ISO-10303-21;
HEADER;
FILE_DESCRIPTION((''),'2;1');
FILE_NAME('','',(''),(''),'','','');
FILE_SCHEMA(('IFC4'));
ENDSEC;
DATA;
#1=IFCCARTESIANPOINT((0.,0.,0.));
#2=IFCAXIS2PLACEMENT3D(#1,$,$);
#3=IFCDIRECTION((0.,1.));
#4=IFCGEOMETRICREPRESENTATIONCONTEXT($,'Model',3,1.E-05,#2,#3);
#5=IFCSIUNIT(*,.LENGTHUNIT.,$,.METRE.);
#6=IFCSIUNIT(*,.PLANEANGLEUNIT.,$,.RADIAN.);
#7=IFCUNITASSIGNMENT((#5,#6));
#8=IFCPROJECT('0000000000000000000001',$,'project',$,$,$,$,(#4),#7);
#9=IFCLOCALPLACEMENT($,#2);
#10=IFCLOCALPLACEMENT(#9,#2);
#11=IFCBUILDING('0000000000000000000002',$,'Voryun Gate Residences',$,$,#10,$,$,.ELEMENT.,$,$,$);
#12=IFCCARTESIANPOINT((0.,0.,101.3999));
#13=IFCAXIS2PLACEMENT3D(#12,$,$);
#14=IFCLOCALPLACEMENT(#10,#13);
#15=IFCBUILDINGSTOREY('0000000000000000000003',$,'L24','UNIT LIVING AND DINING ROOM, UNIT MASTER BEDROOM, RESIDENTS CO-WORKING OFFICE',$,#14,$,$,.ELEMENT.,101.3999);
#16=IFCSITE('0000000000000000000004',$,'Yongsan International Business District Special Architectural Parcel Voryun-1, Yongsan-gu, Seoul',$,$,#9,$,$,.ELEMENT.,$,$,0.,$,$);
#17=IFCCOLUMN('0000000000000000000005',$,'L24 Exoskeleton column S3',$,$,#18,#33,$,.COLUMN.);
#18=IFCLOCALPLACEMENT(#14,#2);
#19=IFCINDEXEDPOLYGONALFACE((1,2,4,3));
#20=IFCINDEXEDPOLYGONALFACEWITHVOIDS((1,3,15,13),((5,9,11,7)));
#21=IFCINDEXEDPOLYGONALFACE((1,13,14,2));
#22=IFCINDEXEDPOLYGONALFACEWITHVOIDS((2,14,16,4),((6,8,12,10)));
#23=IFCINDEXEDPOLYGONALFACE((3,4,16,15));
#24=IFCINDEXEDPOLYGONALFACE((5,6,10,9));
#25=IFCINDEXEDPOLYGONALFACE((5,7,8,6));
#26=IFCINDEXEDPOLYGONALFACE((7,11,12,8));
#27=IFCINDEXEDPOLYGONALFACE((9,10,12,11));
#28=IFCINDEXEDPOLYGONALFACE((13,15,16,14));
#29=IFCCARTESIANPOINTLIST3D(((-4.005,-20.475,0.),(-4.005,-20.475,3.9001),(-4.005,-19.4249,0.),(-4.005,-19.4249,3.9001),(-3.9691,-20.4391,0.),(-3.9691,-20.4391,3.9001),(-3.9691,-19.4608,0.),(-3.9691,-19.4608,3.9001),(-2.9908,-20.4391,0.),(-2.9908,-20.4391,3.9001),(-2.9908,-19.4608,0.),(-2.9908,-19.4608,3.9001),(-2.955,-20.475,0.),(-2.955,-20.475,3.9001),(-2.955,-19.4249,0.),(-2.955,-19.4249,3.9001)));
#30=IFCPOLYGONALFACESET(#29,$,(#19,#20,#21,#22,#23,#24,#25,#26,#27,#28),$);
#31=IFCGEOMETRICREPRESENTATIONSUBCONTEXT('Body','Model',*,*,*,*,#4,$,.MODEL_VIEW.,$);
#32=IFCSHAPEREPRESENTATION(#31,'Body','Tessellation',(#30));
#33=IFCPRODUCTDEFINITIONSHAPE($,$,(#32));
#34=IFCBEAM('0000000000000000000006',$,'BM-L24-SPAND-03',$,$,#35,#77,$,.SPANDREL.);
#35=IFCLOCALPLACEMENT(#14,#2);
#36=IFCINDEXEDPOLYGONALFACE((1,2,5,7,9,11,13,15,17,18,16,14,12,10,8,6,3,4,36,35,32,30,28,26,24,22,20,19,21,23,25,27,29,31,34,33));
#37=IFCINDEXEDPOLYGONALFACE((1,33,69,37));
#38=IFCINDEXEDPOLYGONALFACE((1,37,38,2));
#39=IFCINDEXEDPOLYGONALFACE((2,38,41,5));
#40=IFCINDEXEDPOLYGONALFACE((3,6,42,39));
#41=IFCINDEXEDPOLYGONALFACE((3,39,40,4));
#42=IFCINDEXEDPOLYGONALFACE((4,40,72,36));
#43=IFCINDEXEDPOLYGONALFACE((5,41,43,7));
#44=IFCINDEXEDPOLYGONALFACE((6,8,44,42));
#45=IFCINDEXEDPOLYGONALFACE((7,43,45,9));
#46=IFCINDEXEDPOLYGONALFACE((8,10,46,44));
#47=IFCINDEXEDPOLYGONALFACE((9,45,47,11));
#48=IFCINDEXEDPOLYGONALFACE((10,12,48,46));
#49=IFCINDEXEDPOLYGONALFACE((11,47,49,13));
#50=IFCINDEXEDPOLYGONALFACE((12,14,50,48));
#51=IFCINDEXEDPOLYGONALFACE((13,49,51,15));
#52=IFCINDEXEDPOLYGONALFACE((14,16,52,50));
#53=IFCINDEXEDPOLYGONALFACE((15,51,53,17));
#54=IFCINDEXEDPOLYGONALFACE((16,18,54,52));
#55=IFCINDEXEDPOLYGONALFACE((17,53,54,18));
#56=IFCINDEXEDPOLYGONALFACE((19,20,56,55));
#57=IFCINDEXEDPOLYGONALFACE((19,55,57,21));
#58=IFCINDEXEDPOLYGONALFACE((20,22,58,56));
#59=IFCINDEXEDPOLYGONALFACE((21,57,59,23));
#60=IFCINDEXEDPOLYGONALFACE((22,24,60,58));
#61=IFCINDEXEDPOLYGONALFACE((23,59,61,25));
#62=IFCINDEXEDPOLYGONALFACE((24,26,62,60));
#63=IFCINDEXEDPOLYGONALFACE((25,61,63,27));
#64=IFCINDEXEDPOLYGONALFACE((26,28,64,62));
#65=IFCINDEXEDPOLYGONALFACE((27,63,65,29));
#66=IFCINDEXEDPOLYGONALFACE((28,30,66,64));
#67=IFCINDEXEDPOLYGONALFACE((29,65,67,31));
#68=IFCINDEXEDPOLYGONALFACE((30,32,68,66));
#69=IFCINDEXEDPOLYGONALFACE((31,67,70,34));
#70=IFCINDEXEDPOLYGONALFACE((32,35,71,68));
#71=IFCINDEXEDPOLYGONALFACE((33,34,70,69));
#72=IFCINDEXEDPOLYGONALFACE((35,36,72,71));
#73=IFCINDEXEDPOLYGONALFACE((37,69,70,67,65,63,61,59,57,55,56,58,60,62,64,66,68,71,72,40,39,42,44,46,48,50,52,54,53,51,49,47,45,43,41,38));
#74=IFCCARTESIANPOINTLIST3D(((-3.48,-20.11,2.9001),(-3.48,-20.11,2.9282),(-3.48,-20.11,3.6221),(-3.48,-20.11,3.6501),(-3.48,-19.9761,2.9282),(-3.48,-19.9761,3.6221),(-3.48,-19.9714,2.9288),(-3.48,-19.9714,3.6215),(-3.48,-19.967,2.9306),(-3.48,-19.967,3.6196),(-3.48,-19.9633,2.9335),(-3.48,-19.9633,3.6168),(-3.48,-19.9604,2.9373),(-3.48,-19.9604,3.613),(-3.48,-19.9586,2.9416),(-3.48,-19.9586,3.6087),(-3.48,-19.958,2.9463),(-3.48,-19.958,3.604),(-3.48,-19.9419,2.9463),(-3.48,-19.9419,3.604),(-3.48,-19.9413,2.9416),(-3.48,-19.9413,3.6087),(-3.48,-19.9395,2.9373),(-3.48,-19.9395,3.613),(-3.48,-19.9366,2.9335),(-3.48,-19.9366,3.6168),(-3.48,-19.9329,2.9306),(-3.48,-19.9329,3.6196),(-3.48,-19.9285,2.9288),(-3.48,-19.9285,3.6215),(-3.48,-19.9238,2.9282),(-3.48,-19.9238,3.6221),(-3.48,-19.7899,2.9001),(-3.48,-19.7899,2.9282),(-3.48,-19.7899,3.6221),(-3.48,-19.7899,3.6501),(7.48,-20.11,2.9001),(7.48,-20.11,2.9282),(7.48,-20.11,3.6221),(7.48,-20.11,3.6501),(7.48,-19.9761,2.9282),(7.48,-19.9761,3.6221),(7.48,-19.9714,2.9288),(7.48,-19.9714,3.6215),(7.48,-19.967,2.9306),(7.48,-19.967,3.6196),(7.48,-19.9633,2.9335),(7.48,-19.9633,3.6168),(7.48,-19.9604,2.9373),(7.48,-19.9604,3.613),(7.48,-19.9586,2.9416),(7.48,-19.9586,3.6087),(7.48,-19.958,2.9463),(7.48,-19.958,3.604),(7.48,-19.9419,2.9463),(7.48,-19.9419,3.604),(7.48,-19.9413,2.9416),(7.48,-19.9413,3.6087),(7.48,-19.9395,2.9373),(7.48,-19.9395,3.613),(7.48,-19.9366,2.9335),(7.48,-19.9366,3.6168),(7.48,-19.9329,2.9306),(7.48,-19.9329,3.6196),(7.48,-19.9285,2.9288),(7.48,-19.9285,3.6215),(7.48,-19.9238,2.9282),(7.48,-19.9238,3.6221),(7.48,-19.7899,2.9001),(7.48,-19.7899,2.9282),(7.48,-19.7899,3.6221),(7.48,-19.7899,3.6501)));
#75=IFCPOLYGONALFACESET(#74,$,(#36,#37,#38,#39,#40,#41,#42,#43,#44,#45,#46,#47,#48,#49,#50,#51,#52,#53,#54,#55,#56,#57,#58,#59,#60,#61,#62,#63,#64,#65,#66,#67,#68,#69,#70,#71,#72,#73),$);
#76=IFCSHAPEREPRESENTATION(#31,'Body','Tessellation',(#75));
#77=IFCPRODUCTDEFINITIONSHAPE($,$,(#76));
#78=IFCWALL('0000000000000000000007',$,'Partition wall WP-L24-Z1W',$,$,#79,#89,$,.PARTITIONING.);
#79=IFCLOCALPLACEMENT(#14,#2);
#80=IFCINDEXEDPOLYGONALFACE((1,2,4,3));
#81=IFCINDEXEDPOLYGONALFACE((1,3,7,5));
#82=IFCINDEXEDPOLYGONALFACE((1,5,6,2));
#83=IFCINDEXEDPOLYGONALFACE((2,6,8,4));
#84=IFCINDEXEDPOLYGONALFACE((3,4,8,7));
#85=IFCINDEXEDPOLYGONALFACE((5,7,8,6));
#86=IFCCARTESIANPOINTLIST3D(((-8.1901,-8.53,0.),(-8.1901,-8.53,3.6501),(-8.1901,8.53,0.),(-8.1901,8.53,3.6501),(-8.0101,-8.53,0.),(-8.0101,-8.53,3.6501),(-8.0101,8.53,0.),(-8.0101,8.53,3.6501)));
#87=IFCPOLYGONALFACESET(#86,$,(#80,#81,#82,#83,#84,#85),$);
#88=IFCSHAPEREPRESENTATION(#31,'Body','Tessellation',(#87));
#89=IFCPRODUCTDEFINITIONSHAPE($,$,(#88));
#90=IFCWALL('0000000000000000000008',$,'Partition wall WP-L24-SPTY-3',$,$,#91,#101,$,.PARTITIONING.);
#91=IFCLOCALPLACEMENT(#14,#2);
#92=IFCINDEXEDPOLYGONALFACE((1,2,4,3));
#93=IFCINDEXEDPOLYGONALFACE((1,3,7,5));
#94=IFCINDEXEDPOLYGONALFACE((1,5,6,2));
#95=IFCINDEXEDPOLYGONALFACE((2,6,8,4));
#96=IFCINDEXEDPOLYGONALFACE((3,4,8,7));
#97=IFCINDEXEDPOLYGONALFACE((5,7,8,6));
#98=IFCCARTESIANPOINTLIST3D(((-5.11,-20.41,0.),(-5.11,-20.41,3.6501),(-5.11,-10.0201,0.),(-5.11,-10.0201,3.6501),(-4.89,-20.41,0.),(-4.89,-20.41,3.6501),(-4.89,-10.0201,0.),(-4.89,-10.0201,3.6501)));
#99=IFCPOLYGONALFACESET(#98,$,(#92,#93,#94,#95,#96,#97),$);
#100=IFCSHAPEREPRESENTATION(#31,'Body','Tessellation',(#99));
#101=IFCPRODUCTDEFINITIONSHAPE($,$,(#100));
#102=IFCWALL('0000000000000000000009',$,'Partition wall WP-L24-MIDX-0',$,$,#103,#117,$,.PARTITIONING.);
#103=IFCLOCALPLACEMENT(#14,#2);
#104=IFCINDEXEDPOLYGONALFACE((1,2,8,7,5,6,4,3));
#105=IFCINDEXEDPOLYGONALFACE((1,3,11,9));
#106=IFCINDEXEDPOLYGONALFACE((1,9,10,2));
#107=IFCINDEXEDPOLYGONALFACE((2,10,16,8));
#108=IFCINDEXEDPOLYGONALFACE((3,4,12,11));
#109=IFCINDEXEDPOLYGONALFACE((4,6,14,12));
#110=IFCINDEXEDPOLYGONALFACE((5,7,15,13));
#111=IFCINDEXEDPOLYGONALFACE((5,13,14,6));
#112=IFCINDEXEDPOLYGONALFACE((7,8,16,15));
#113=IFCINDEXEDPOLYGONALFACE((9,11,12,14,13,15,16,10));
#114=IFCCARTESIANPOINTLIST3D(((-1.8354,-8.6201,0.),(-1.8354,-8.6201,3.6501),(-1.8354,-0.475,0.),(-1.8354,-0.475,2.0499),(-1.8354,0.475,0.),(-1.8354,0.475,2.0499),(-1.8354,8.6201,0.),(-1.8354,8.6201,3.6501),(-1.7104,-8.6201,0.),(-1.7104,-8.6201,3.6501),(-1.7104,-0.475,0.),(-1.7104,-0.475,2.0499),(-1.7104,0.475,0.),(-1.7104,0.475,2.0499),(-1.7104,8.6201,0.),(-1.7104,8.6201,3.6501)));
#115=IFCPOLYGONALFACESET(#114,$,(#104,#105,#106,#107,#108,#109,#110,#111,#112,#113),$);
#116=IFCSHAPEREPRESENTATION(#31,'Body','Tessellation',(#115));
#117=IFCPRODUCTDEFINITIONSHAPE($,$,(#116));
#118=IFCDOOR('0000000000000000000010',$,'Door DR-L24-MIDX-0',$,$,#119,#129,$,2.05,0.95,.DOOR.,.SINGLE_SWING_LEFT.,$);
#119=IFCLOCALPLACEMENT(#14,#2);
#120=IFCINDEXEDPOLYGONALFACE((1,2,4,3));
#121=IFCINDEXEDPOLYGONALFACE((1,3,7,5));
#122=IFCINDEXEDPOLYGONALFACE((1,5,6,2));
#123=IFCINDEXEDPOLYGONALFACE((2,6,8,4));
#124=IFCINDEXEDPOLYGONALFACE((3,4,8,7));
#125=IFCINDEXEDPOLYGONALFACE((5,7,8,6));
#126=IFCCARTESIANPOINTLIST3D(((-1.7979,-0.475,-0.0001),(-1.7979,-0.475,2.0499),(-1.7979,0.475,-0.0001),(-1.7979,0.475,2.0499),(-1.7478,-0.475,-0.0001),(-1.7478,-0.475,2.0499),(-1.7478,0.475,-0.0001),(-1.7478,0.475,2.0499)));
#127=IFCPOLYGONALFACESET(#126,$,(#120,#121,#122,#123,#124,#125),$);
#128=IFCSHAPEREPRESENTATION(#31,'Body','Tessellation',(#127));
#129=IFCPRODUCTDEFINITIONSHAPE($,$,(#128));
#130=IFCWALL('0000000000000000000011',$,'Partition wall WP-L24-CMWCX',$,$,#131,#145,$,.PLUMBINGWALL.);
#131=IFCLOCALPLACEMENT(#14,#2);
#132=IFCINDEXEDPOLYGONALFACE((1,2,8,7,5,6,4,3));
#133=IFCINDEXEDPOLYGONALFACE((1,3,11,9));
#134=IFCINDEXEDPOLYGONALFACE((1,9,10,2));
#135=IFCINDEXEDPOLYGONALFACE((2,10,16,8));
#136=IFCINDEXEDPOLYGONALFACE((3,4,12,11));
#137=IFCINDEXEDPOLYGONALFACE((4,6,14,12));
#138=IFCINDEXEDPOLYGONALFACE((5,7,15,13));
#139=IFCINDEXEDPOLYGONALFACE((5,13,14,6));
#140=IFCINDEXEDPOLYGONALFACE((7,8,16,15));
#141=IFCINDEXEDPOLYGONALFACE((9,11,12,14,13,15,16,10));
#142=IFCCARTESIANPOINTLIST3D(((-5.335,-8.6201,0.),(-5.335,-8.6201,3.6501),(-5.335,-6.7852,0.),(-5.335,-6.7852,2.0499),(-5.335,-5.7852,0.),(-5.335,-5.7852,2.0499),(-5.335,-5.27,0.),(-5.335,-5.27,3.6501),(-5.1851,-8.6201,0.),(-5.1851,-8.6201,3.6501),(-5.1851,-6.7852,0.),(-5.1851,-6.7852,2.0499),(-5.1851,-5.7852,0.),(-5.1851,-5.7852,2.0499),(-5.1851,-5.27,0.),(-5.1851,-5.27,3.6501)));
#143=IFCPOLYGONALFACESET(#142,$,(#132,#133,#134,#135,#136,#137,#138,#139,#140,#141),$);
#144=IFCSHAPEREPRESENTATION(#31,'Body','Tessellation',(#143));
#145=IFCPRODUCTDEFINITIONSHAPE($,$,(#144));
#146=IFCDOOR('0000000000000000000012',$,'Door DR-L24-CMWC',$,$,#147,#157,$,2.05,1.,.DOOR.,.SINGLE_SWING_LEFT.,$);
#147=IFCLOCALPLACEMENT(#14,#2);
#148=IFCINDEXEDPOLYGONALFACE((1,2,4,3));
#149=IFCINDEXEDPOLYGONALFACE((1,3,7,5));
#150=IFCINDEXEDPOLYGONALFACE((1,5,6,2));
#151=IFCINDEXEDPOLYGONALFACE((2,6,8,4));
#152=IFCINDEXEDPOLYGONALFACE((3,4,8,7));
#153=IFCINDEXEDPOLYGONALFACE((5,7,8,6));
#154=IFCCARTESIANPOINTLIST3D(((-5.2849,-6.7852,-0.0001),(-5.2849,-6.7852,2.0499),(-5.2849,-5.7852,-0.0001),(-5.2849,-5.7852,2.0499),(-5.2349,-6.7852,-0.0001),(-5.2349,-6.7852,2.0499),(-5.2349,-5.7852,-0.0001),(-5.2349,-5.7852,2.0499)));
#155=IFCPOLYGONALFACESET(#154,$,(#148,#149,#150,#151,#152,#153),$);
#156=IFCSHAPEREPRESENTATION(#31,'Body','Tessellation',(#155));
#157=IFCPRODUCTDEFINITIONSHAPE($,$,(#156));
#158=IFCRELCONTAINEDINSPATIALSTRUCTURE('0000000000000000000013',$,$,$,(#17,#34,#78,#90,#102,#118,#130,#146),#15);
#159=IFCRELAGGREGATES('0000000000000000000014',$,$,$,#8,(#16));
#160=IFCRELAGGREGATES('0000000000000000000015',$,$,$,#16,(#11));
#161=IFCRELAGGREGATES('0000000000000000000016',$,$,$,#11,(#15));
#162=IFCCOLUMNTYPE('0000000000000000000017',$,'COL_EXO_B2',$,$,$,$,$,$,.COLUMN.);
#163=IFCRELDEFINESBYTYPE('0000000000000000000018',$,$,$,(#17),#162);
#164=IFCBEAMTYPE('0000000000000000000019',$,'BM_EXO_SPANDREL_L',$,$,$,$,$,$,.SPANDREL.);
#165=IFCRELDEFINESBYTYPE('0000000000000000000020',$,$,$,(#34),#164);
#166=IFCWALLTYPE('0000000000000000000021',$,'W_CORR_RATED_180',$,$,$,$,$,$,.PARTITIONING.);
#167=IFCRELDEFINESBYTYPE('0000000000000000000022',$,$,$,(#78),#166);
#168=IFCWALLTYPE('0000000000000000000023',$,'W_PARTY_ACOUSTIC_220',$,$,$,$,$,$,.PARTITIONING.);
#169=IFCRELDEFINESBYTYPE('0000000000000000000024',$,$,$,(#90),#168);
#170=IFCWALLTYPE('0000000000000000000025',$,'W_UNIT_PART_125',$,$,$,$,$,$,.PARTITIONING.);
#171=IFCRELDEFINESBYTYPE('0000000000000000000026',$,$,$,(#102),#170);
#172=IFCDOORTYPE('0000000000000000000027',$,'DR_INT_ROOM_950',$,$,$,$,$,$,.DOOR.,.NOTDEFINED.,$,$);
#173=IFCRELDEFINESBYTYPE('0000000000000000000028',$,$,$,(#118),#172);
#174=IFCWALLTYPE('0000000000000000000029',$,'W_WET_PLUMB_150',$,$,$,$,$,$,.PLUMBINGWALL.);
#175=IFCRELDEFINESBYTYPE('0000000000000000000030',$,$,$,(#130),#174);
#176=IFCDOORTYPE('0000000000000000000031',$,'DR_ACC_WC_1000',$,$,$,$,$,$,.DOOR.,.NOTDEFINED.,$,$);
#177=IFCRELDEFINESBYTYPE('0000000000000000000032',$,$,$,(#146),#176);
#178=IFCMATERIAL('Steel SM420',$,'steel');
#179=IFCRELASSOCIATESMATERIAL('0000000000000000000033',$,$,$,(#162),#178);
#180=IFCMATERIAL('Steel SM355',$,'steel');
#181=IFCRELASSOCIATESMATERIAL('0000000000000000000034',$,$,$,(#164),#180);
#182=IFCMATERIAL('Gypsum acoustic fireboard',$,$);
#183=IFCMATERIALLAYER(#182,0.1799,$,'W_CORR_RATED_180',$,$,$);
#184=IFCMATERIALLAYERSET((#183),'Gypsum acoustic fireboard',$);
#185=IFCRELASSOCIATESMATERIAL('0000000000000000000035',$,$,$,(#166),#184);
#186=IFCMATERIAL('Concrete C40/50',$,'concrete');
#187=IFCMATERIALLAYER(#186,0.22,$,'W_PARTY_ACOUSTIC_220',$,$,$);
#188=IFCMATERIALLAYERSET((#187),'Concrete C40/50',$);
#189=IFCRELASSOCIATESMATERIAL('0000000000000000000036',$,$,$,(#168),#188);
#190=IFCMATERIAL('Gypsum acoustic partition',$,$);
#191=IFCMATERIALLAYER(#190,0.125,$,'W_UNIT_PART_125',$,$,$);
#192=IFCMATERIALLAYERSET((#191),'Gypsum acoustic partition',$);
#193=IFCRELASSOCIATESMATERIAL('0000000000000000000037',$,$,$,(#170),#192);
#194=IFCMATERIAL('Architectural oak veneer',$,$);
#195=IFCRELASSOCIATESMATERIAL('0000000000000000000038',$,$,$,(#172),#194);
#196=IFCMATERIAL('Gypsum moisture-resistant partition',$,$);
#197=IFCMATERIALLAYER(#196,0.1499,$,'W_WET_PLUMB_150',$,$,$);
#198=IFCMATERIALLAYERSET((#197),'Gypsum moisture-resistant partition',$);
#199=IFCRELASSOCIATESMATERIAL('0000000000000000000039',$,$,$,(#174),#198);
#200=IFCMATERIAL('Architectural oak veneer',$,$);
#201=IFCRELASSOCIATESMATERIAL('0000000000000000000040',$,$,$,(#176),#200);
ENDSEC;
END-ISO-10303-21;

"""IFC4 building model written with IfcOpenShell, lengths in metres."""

from ifc_helpers import new_model, si_unit, direction, frame, frame_2d, origin, origin_2d, place, context, subcontext, project, spatial, rectangle, hollow_rectangle, i_section, extrude, material, layer, layer_set, material_profile, profile_set, type_object, element, fill, save


model = new_model("IFC4")

# Units and contexts
model_context = context("Model", 3, precision=1e-05, world=origin(), true_north=direction((0.0, 1.0)))
body_context = subcontext(model_context, "Body", "Model", "MODEL_VIEW")
ifc_project = project(units=[si_unit("LENGTHUNIT", "METRE"), si_unit("PLANEANGLEUNIT", "RADIAN")], contexts=[model_context])

# Site, building, storey
site_placement = place(None, origin())
site = spatial("IfcSite", under=ifc_project, at=site_placement, Name="Yongsan International Business District Special Architectural Parcel Voryun-1, Yongsan-gu, Seoul", CompositionType="ELEMENT", RefElevation=0.0)
building_placement = place(site_placement, origin())
building = spatial("IfcBuilding", under=site, at=building_placement, Name="Voryun Gate Residences", CompositionType="ELEMENT")
storey_placement = place(building_placement, frame((0.0, 0.0, 101.3999)))
storey = spatial("IfcBuildingStorey", under=building, at=storey_placement, Name="L24", Description="UNIT LIVING AND DINING ROOM, UNIT MASTER BEDROOM, RESIDENTS CO-WORKING OFFICE", CompositionType="ELEMENT", Elevation=101.3999)

# Column
ifc_material_1 = material(Name="Steel SM420", Category="steel")
ifc_material_profile_1 = material_profile(ifc_material_1, hollow_rectangle(XDim=1.05, YDim=1.05, WallThickness=0.0359, at=origin_2d()), Name="BOX-1050x1050x36")
ifc_profile_set_1 = profile_set([ifc_material_profile_1], Name="Steel SM420")
column_type = type_object("IfcColumnType", Name="COL_EXO_B2", PredefinedType="COLUMN", material=ifc_profile_set_1)
column_placement = place(storey_placement, frame((-3.48, -19.95, 0.0), z_axis=(0.0, 0.0, 1.0), x_axis=(1.0, 0.0, 0.0)))
element("IfcColumn", 1, at=column_placement, inside=storey, type_object=column_type, Name="L24 Exoskeleton column S3", PredefinedType="COLUMN", context=body_context, shape_type="SweptSolid", body=[
    extrude(hollow_rectangle(XDim=1.05, YDim=1.05, WallThickness=0.0359, at=origin_2d()), origin(), (0.0, 0.0, 1.0), 3.9001),
])

# Beam
ifc_material_2 = material(Name="Steel SM355", Category="steel")
ifc_material_profile_2 = material_profile(ifc_material_2, i_section(OverallWidth=0.3201, OverallDepth=0.75, WebThickness=0.0161, FlangeThickness=0.0281, FilletRadius=0.0181, at=origin_2d()), Name="H-750x320x16x28")
ifc_profile_set_2 = profile_set([ifc_material_profile_2], Name="Steel SM355")
beam_type = type_object("IfcBeamType", Name="BM_EXO_SPANDREL_L", PredefinedType="SPANDREL", material=ifc_profile_set_2)
beam_placement = place(storey_placement, frame((-3.48, -19.95, 3.2751), z_axis=(1.0, 0.0, 0.0), x_axis=(0.0, 1.0, 0.0)))
element("IfcBeam", 2, at=beam_placement, inside=storey, type_object=beam_type, Name="BM-L24-SPAND-03", PredefinedType="SPANDREL", context=body_context, shape_type="SweptSolid", body=[
    extrude(i_section(OverallWidth=0.3201, OverallDepth=0.75, WebThickness=0.0161, FlangeThickness=0.0281, FilletRadius=0.0181, at=origin_2d()), origin(), (0.0, 0.0, 1.0), 10.96),
])

# Walls
ifc_material_3 = material(Name="Gypsum acoustic fireboard")
ifc_layer_1 = layer(ifc_material_3, 0.1799, Name="W_CORR_RATED_180")
ifc_layer_set_1 = layer_set([ifc_layer_1], Name="Gypsum acoustic fireboard")
wall_type_1 = type_object("IfcWallType", Name="W_CORR_RATED_180", PredefinedType="PARTITIONING", material=ifc_layer_set_1)
wall_1_placement = place(storey_placement, frame((-8.1001, -8.53, 0.0), z_axis=(0.0, 0.0, 1.0), x_axis=(0.0, 1.0, 0.0)))
element("IfcWall", 3, at=wall_1_placement, inside=storey, type_object=wall_type_1, Name="Partition wall WP-L24-Z1W", PredefinedType="PARTITIONING", context=body_context, shape_type="SweptSolid", body=[
    extrude(rectangle(XDim=17.0601, YDim=0.1799, at=frame_2d((8.53, 0.0))), origin(), (0.0, 0.0, 1.0), 3.6501),
])
ifc_material_4 = material(Name="Concrete C40/50", Category="concrete")
ifc_layer_2 = layer(ifc_material_4, 0.22, Name="W_PARTY_ACOUSTIC_220")
ifc_layer_set_2 = layer_set([ifc_layer_2], Name="Concrete C40/50")
wall_type_2 = type_object("IfcWallType", Name="W_PARTY_ACOUSTIC_220", PredefinedType="PARTITIONING", material=ifc_layer_set_2)
wall_2_placement = place(storey_placement, frame((-5.0, -20.4099, 0.0), z_axis=(0.0, 0.0, 1.0), x_axis=(0.0, 1.0, 0.0)))
element("IfcWall", 4, at=wall_2_placement, inside=storey, type_object=wall_type_2, Name="Partition wall WP-L24-SPTY-3", PredefinedType="PARTITIONING", context=body_context, shape_type="SweptSolid", body=[
    extrude(rectangle(XDim=10.3899, YDim=0.22, at=frame_2d((5.1948, 0.0))), origin(), (0.0, 0.0, 1.0), 3.6501),
])

# Walls, openings, doors
ifc_material_5 = material(Name="Gypsum acoustic partition")
ifc_layer_3 = layer(ifc_material_5, 0.125, Name="W_UNIT_PART_125")
ifc_layer_set_3 = layer_set([ifc_layer_3], Name="Gypsum acoustic partition")
wall_type_3 = type_object("IfcWallType", Name="W_UNIT_PART_125", PredefinedType="PARTITIONING", material=ifc_layer_set_3)
wall_3_placement = place(storey_placement, frame((-1.7729, -8.6201, 0.0), z_axis=(0.0, 0.0, 1.0), x_axis=(0.0, 1.0, 0.0)))
wall_3 = element("IfcWall", 5, at=wall_3_placement, inside=storey, type_object=wall_type_3, Name="Partition wall WP-L24-MIDX-0", PredefinedType="PARTITIONING", context=body_context, shape_type="SweptSolid", body=[
    extrude(rectangle(XDim=17.2402, YDim=0.125, at=frame_2d((8.6201, 0.0))), origin(), (0.0, 0.0, 1.0), 3.6501),
])
opening_1_placement = place(wall_3_placement, frame((8.145, 0.0, 0.0)))
opening_1 = element("IfcOpeningElement", 6, at=opening_1_placement, cuts=wall_3, PredefinedType="OPENING", context=body_context, shape_type="SweptSolid", body=[
    extrude(rectangle(XDim=0.95, YDim=2.05, at=frame_2d((0.4751, 1.0249))), frame((0.0, 0.0725, 0.0), z_axis=(0.0, -1.0, 0.0), x_axis=(1.0, 0.0, 0.0)), (0.0, 0.0, 1.0), 0.145),
])
ifc_material_6 = material(Name="Architectural oak veneer")
door_type_1 = type_object("IfcDoorType", Name="DR_INT_ROOM_950", OperationType="NOTDEFINED", PredefinedType="DOOR", material=ifc_material_6)
door_1_placement = place(opening_1_placement, origin())
door_1 = element("IfcDoor", 7, at=door_1_placement, inside=storey, type_object=door_type_1, Name="Door DR-L24-MIDX-0", OperationType="SINGLE_SWING_LEFT", OverallHeight=2.05, OverallWidth=0.95, PredefinedType="DOOR", context=body_context, shape_type="SweptSolid", body=[
    extrude(rectangle(XDim=0.95, YDim=2.05, at=frame_2d((0.4751, 1.0249))), frame((0.0, 0.0249, 0.0), z_axis=(0.0, -1.0, 0.0), x_axis=(1.0, 0.0, 0.0)), (0.0, 0.0, 1.0), 0.05),
])
fill(opening_1, door_1)
ifc_material_7 = material(Name="Gypsum moisture-resistant partition")
ifc_layer_4 = layer(ifc_material_7, 0.1499, Name="W_WET_PLUMB_150")
ifc_layer_set_4 = layer_set([ifc_layer_4], Name="Gypsum moisture-resistant partition")
wall_type_4 = type_object("IfcWallType", Name="W_WET_PLUMB_150", PredefinedType="PLUMBINGWALL", material=ifc_layer_set_4)
wall_4_placement = place(storey_placement, frame((-5.26, -8.6201, 0.0), z_axis=(0.0, 0.0, 1.0), x_axis=(0.0, 1.0, 0.0)))
wall_4 = element("IfcWall", 8, at=wall_4_placement, inside=storey, type_object=wall_type_4, Name="Partition wall WP-L24-CMWCX", PredefinedType="PLUMBINGWALL", context=body_context, shape_type="SweptSolid", body=[
    extrude(rectangle(XDim=3.3501, YDim=0.1499, at=frame_2d((1.675, 0.0))), origin(), (0.0, 0.0, 1.0), 3.6501),
])
opening_2_placement = place(wall_4_placement, frame((1.835, 0.0, 0.0)))
opening_2 = element("IfcOpeningElement", 9, at=opening_2_placement, cuts=wall_4, PredefinedType="OPENING", context=body_context, shape_type="SweptSolid", body=[
    extrude(rectangle(XDim=1.0, YDim=2.05, at=frame_2d((0.5, 1.0249))), frame((0.0, 0.085, 0.0), z_axis=(0.0, -1.0, 0.0), x_axis=(1.0, 0.0, 0.0)), (0.0, 0.0, 1.0), 0.1699),
])
ifc_material_8 = material(Name="Architectural oak veneer")
door_type_2 = type_object("IfcDoorType", Name="DR_ACC_WC_1000", OperationType="NOTDEFINED", PredefinedType="DOOR", material=ifc_material_8)
door_2_placement = place(opening_2_placement, origin())
door_2 = element("IfcDoor", 10, at=door_2_placement, inside=storey, type_object=door_type_2, Name="Door DR-L24-CMWC", OperationType="SINGLE_SWING_LEFT", OverallHeight=2.05, OverallWidth=1.0, PredefinedType="DOOR", context=body_context, shape_type="SweptSolid", body=[
    extrude(rectangle(XDim=1.0, YDim=2.05, at=frame_2d((0.5, 1.0249))), frame((0.0, 0.0249, 0.0), z_axis=(0.0, -1.0, 0.0), x_axis=(1.0, 0.0, 0.0)), (0.0, 0.0, 1.0), 0.05),
])
fill(opening_2, door_2)

save(model, "model.ifc")
